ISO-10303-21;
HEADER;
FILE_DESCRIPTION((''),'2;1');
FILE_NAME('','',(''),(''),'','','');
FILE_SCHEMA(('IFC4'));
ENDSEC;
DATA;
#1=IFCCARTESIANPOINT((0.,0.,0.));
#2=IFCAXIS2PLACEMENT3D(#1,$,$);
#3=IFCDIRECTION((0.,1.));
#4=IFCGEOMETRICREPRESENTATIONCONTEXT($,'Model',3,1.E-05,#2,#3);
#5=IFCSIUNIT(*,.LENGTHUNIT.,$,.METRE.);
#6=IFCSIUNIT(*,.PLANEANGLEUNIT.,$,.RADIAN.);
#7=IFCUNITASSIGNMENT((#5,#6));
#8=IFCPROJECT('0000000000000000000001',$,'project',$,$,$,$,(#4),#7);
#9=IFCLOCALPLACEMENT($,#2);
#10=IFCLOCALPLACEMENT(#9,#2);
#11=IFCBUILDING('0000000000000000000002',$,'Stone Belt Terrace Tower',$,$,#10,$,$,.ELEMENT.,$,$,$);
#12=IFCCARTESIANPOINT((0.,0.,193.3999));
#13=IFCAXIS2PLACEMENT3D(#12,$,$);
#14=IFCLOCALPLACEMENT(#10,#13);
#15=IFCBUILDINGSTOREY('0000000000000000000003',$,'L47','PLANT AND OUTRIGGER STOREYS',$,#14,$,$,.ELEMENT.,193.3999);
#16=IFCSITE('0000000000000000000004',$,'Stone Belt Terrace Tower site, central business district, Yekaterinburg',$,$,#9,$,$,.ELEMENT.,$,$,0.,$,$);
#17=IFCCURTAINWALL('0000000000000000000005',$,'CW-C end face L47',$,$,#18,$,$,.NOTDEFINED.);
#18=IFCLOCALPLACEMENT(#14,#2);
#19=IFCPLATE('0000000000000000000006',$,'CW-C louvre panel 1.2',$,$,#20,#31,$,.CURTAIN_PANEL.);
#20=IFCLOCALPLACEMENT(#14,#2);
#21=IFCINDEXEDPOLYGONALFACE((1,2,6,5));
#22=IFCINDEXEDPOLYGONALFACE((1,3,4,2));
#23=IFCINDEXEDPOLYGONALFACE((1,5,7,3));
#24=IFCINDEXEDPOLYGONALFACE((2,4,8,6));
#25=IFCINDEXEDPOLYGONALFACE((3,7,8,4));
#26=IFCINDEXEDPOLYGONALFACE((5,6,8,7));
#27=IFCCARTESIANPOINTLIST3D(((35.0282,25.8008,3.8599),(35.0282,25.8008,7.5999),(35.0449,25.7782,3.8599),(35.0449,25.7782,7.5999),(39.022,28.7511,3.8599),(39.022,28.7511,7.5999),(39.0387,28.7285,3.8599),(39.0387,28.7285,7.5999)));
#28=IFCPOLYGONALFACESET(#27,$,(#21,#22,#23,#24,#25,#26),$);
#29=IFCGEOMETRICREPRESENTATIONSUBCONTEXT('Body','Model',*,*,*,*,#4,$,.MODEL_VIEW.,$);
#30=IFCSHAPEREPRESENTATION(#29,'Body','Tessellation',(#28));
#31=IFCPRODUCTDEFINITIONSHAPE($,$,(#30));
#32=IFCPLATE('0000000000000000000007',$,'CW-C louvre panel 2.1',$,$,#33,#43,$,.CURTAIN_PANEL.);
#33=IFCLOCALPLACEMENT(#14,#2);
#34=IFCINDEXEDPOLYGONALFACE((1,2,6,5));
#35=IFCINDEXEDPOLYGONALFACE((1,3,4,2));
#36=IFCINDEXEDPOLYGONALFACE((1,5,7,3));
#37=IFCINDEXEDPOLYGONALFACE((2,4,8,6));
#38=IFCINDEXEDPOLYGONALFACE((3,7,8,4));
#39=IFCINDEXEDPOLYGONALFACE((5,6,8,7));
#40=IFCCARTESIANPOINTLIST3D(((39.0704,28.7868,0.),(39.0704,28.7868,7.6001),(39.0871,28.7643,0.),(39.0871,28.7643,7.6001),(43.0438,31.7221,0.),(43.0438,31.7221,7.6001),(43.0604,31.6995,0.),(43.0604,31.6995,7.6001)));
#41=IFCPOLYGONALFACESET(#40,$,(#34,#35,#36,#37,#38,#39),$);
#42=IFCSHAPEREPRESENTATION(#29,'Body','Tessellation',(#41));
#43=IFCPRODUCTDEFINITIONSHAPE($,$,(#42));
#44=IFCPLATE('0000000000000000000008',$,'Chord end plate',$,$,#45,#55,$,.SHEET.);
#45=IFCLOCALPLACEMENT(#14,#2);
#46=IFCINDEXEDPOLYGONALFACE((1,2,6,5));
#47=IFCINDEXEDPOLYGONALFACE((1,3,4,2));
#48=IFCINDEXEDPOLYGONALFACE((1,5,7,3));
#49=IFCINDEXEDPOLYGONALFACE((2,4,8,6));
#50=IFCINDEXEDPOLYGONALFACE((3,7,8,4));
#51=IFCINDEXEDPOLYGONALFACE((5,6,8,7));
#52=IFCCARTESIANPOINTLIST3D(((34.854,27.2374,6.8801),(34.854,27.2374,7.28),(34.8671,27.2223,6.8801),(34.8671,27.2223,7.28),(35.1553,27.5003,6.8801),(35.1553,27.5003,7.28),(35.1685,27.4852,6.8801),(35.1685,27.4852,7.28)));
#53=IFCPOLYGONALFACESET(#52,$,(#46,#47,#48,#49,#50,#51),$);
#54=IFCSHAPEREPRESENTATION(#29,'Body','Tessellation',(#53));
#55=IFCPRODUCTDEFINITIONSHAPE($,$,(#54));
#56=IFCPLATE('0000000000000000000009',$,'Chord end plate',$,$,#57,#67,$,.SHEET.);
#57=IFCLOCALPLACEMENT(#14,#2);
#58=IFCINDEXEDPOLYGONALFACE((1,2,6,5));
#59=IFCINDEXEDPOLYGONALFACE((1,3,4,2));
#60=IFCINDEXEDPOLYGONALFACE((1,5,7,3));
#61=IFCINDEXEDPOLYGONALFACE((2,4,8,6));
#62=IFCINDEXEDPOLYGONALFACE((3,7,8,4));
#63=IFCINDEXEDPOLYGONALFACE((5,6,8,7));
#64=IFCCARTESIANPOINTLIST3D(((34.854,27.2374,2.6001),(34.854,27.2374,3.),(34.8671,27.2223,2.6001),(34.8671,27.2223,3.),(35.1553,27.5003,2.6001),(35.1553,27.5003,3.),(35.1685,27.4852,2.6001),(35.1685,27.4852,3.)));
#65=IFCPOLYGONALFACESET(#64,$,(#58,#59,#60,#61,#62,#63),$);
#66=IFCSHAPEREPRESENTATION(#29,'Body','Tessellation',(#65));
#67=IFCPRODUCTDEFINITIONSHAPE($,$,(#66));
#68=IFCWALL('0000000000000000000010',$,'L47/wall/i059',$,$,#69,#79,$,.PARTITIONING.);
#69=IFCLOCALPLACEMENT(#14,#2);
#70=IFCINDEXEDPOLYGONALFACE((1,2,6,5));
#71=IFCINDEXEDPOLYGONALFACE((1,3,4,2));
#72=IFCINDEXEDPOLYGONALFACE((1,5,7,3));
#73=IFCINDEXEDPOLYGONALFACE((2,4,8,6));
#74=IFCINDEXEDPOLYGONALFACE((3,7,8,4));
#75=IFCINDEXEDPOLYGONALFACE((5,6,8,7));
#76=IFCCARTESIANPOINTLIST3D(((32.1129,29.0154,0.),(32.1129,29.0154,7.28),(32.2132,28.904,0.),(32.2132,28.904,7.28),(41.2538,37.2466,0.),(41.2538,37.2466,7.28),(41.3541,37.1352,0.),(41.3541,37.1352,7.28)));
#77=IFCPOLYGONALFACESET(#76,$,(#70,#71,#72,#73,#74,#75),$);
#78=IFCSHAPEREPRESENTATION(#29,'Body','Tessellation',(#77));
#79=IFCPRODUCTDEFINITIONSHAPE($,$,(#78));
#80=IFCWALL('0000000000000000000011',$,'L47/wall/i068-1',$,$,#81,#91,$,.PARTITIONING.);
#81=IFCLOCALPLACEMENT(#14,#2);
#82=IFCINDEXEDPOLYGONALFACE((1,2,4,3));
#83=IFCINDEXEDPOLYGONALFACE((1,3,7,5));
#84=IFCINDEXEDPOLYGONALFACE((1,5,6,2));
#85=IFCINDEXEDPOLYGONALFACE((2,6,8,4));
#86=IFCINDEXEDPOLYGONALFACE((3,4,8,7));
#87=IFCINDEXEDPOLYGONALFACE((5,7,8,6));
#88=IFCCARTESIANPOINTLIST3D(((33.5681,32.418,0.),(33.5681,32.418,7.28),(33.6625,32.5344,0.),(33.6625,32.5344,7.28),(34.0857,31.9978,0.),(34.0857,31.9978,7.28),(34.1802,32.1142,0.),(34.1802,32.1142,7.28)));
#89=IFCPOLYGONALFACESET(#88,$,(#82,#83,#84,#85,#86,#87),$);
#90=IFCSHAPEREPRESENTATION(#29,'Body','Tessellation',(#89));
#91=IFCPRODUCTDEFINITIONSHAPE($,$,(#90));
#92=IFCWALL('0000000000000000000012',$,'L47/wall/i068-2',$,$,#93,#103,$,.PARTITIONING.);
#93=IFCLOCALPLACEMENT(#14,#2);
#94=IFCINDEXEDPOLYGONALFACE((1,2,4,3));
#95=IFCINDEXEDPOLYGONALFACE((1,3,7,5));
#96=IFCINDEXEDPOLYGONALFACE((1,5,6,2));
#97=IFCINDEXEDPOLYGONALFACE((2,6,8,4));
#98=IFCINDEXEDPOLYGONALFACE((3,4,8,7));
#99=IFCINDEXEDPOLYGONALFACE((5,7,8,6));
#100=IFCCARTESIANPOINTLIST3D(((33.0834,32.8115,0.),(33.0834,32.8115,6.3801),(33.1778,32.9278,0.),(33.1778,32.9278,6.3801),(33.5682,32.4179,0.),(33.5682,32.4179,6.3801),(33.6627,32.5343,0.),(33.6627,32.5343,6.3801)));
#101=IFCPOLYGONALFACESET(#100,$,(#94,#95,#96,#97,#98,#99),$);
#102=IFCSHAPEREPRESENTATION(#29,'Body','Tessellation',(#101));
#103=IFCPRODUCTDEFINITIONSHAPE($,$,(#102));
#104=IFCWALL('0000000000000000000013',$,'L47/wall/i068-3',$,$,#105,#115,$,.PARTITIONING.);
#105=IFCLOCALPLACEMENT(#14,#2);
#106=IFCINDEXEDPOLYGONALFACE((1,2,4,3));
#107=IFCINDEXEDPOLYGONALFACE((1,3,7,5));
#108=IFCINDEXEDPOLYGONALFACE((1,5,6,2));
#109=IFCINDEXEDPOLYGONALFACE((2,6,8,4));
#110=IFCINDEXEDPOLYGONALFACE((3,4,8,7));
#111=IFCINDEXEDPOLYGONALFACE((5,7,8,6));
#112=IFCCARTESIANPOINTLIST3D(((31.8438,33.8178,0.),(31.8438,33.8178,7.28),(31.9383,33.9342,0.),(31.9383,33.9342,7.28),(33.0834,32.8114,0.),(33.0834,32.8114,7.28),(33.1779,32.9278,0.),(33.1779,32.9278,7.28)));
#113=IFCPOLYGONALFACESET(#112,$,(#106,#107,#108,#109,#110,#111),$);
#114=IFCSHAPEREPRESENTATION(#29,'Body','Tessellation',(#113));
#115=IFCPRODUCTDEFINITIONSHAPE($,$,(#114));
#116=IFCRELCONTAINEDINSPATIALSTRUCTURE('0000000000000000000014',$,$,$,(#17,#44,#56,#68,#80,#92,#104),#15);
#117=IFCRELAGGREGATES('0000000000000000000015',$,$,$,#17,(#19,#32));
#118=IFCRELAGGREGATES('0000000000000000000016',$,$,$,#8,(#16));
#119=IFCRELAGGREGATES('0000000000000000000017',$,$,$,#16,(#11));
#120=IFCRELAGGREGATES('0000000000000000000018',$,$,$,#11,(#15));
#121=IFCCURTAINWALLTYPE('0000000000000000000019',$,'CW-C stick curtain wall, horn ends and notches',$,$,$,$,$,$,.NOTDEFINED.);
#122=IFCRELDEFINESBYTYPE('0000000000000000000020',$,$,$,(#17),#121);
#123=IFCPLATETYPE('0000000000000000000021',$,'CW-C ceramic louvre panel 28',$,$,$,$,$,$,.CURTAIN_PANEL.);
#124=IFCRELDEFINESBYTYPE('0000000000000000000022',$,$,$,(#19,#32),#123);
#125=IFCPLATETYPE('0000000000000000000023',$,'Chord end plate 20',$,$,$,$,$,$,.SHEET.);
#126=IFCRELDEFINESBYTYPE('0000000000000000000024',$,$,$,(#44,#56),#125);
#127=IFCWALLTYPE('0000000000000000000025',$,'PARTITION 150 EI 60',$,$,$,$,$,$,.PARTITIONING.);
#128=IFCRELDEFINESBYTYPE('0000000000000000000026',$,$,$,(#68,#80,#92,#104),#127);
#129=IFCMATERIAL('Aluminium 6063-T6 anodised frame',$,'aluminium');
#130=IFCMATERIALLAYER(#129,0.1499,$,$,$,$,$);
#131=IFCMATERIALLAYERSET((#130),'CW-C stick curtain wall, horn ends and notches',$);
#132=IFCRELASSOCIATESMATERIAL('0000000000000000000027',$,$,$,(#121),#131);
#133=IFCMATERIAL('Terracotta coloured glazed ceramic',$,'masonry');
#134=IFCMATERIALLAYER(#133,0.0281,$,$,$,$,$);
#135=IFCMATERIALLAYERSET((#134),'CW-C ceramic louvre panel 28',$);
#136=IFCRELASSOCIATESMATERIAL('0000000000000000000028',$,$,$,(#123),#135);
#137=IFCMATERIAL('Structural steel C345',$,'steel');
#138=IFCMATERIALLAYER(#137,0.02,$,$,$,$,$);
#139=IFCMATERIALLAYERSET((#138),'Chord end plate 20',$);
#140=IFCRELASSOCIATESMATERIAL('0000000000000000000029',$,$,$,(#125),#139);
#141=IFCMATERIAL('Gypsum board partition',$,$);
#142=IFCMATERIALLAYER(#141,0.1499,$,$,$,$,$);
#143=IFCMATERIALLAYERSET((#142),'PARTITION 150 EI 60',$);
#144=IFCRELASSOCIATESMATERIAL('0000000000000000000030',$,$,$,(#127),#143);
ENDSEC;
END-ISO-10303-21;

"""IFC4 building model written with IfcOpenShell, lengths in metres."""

from ifc_helpers import new_model, si_unit, direction, frame, frame_2d, origin, origin_2d, place, context, subcontext, project, spatial, rectangle, extrude, material, layer, layer_set, type_object, element, aggregate, save


model = new_model("IFC4")

# Units and contexts
model_context = context("Model", 3, precision=1e-05, world=origin(), true_north=direction((0.0, 1.0)))
body_context = subcontext(model_context, "Body", "Model", "MODEL_VIEW")
ifc_project = project(units=[si_unit("LENGTHUNIT", "METRE"), si_unit("PLANEANGLEUNIT", "RADIAN")], contexts=[model_context])

# Site, building, storey
site_placement = place(None, origin())
site = spatial("IfcSite", under=ifc_project, at=site_placement, Name="Stone Belt Terrace Tower site, central business district, Yekaterinburg", CompositionType="ELEMENT", RefElevation=0.0)
building_placement = place(site_placement, origin())
building = spatial("IfcBuilding", under=site, at=building_placement, Name="Stone Belt Terrace Tower", CompositionType="ELEMENT")
storey_placement = place(building_placement, frame((0.0, 0.0, 193.3999)))
storey = spatial("IfcBuildingStorey", under=building, at=storey_placement, Name="L47", Description="PLANT AND OUTRIGGER STOREYS", CompositionType="ELEMENT", Elevation=193.3999)

# Curtain wall
ifc_material_1 = material(Name="Aluminium 6063-T6 anodised frame", Category="aluminium")
ifc_layer_1 = layer(ifc_material_1, 0.1499)
ifc_layer_set_1 = layer_set([ifc_layer_1], Name="CW-C stick curtain wall, horn ends and notches")
curtain_wall_type_1 = type_object("IfcCurtainWallType", Name="CW-C stick curtain wall, horn ends and notches", PredefinedType="NOTDEFINED", material=ifc_layer_set_1)
curtain_wall_1_placement = place(storey_placement, origin())
curtain_wall_1 = element("IfcCurtainWall", 1, at=curtain_wall_1_placement, inside=storey, type_object=curtain_wall_type_1, Name="CW-C end face L47", PredefinedType="NOTDEFINED")

# Shared definitions
ifc_material_2 = material(Name="Structural steel C345", Category="steel")

# Shared definitions
ifc_material_3 = material(Name="Terracotta coloured glazed ceramic", Category="masonry")

# Plates
ifc_layer_2 = layer(ifc_material_3, 0.0281)
ifc_layer_set_2 = layer_set([ifc_layer_2], Name="CW-C ceramic louvre panel 28")
plate_type_1 = type_object("IfcPlateType", Name="CW-C ceramic louvre panel 28", PredefinedType="CURTAIN_PANEL", material=ifc_layer_set_2)
plate_1_placement = place(storey_placement, frame((37.0334, 27.2646, 3.8599), z_axis=(0.0, 0.0, 1.0), x_axis=(0.804329, 0.594184, 0.0)))
plate_1 = element("IfcPlate", 2, at=plate_1_placement, type_object=plate_type_1, Name="CW-C louvre panel 1.2", PredefinedType="CURTAIN_PANEL", context=body_context, shape_type="SweptSolid", body=[
    extrude(rectangle(XDim=4.9653, YDim=0.0281, at=origin_2d()), origin(), (0.0, 0.0, 1.0), 3.74),
])
plate_2_placement = place(storey_placement, frame((41.0654, 30.2432, 0.0), z_axis=(0.0, 0.0, 1.0), x_axis=(0.804329, 0.594184, 0.0)))
plate_2 = element("IfcPlate", 3, at=plate_2_placement, type_object=plate_type_1, Name="CW-C louvre panel 2.1", PredefinedType="CURTAIN_PANEL", context=body_context, shape_type="SweptSolid", body=[
    extrude(rectangle(XDim=4.9399, YDim=0.0281, at=origin_2d()), origin(), (0.0, 0.0, 1.0), 7.6001),
])
aggregate(curtain_wall_1, [plate_1, plate_2])

# Plates
ifc_layer_3 = layer(ifc_material_2, 0.02)
ifc_layer_set_3 = layer_set([ifc_layer_3], Name="Chord end plate 20")
plate_type_2 = type_object("IfcPlateType", Name="Chord end plate 20", PredefinedType="SHEET", material=ifc_layer_set_3)
for number, where, z_axis, x_axis, name in (
    (4, (35.0112, 27.3613, 6.8801), (0.0, 0.0, 1.0), (0.657415, -0.753529, 0.0), "Chord end plate"),
    (5, (35.0112, 27.3613, 2.6001), (0.0, 0.0, 1.0), (0.657415, -0.753529, 0.0), "Chord end plate"),
):
    element("IfcPlate", number, at=place(storey_placement, frame(where, z_axis=z_axis, x_axis=x_axis)), inside=storey, type_object=plate_type_2, Name=name, PredefinedType="SHEET", context=body_context, shape_type="SweptSolid", body=[
        extrude(rectangle(XDim=0.02, YDim=0.3999, at=origin_2d()), origin(), (0.0, 0.0, 1.0), 0.3999),
    ])

# Walls
ifc_material_4 = material(Name="Gypsum board partition")
ifc_layer_4 = layer(ifc_material_4, 0.1499)
ifc_layer_set_4 = layer_set([ifc_layer_4], Name="PARTITION 150 EI 60")
wall_type = type_object("IfcWallType", Name="PARTITION 150 EI 60", PredefinedType="PARTITIONING", material=ifc_layer_set_4)
wall_1_placement = place(storey_placement, frame((32.1631, 28.9597, 0.0), z_axis=(0.0, 0.0, 1.0), x_axis=(0.743115, 0.669163, 0.0)))
element("IfcWall", 6, at=wall_1_placement, inside=storey, type_object=wall_type, Name="L47/wall/i059", PredefinedType="PARTITIONING", context=body_context, shape_type="SweptSolid", body=[
    extrude(rectangle(XDim=12.3008, YDim=0.1499, at=frame_2d((6.1504, 0.0))), origin(), (0.0, 0.0, 1.0), 7.28),
])
wall_2_placement = place(storey_placement, frame((34.1331, 32.0559, 0.0), z_axis=(0.0, 0.0, 1.0), x_axis=(-0.776383, 0.630262, 0.0)))
element("IfcWall", 7, at=wall_2_placement, inside=storey, type_object=wall_type, Name="L47/wall/i068-1", PredefinedType="PARTITIONING", context=body_context, shape_type="SweptSolid", body=[
    extrude(rectangle(XDim=0.6667, YDim=0.1499, at=frame_2d((0.3335, 0.0))), origin(), (0.0, 0.0, 1.0), 7.28),
])
wall_3_placement = place(storey_placement, frame((33.6155, 32.4761, 0.0), z_axis=(0.0, 0.0, 1.0), x_axis=(-0.776425, 0.63021, 0.0)))
element("IfcWall", 8, at=wall_3_placement, inside=storey, type_object=wall_type, Name="L47/wall/i068-2", PredefinedType="PARTITIONING", context=body_context, shape_type="SweptSolid", body=[
    extrude(rectangle(XDim=0.6245, YDim=0.1499, at=frame_2d((0.3123, 0.0))), origin(), (0.0, 0.0, 1.0), 6.3801),
])
wall_4_placement = place(storey_placement, frame((33.1306, 32.8696, 0.0), z_axis=(0.0, 0.0, 1.0), x_axis=(-0.776343, 0.630311, 0.0)))
element("IfcWall", 9, at=wall_4_placement, inside=storey, type_object=wall_type, Name="L47/wall/i068-3", PredefinedType="PARTITIONING", context=body_context, shape_type="SweptSolid", body=[
    extrude(rectangle(XDim=1.5967, YDim=0.1499, at=frame_2d((0.7983, 0.0))), origin(), (0.0, 0.0, 1.0), 7.28),
])

save(model, "model.ifc")
